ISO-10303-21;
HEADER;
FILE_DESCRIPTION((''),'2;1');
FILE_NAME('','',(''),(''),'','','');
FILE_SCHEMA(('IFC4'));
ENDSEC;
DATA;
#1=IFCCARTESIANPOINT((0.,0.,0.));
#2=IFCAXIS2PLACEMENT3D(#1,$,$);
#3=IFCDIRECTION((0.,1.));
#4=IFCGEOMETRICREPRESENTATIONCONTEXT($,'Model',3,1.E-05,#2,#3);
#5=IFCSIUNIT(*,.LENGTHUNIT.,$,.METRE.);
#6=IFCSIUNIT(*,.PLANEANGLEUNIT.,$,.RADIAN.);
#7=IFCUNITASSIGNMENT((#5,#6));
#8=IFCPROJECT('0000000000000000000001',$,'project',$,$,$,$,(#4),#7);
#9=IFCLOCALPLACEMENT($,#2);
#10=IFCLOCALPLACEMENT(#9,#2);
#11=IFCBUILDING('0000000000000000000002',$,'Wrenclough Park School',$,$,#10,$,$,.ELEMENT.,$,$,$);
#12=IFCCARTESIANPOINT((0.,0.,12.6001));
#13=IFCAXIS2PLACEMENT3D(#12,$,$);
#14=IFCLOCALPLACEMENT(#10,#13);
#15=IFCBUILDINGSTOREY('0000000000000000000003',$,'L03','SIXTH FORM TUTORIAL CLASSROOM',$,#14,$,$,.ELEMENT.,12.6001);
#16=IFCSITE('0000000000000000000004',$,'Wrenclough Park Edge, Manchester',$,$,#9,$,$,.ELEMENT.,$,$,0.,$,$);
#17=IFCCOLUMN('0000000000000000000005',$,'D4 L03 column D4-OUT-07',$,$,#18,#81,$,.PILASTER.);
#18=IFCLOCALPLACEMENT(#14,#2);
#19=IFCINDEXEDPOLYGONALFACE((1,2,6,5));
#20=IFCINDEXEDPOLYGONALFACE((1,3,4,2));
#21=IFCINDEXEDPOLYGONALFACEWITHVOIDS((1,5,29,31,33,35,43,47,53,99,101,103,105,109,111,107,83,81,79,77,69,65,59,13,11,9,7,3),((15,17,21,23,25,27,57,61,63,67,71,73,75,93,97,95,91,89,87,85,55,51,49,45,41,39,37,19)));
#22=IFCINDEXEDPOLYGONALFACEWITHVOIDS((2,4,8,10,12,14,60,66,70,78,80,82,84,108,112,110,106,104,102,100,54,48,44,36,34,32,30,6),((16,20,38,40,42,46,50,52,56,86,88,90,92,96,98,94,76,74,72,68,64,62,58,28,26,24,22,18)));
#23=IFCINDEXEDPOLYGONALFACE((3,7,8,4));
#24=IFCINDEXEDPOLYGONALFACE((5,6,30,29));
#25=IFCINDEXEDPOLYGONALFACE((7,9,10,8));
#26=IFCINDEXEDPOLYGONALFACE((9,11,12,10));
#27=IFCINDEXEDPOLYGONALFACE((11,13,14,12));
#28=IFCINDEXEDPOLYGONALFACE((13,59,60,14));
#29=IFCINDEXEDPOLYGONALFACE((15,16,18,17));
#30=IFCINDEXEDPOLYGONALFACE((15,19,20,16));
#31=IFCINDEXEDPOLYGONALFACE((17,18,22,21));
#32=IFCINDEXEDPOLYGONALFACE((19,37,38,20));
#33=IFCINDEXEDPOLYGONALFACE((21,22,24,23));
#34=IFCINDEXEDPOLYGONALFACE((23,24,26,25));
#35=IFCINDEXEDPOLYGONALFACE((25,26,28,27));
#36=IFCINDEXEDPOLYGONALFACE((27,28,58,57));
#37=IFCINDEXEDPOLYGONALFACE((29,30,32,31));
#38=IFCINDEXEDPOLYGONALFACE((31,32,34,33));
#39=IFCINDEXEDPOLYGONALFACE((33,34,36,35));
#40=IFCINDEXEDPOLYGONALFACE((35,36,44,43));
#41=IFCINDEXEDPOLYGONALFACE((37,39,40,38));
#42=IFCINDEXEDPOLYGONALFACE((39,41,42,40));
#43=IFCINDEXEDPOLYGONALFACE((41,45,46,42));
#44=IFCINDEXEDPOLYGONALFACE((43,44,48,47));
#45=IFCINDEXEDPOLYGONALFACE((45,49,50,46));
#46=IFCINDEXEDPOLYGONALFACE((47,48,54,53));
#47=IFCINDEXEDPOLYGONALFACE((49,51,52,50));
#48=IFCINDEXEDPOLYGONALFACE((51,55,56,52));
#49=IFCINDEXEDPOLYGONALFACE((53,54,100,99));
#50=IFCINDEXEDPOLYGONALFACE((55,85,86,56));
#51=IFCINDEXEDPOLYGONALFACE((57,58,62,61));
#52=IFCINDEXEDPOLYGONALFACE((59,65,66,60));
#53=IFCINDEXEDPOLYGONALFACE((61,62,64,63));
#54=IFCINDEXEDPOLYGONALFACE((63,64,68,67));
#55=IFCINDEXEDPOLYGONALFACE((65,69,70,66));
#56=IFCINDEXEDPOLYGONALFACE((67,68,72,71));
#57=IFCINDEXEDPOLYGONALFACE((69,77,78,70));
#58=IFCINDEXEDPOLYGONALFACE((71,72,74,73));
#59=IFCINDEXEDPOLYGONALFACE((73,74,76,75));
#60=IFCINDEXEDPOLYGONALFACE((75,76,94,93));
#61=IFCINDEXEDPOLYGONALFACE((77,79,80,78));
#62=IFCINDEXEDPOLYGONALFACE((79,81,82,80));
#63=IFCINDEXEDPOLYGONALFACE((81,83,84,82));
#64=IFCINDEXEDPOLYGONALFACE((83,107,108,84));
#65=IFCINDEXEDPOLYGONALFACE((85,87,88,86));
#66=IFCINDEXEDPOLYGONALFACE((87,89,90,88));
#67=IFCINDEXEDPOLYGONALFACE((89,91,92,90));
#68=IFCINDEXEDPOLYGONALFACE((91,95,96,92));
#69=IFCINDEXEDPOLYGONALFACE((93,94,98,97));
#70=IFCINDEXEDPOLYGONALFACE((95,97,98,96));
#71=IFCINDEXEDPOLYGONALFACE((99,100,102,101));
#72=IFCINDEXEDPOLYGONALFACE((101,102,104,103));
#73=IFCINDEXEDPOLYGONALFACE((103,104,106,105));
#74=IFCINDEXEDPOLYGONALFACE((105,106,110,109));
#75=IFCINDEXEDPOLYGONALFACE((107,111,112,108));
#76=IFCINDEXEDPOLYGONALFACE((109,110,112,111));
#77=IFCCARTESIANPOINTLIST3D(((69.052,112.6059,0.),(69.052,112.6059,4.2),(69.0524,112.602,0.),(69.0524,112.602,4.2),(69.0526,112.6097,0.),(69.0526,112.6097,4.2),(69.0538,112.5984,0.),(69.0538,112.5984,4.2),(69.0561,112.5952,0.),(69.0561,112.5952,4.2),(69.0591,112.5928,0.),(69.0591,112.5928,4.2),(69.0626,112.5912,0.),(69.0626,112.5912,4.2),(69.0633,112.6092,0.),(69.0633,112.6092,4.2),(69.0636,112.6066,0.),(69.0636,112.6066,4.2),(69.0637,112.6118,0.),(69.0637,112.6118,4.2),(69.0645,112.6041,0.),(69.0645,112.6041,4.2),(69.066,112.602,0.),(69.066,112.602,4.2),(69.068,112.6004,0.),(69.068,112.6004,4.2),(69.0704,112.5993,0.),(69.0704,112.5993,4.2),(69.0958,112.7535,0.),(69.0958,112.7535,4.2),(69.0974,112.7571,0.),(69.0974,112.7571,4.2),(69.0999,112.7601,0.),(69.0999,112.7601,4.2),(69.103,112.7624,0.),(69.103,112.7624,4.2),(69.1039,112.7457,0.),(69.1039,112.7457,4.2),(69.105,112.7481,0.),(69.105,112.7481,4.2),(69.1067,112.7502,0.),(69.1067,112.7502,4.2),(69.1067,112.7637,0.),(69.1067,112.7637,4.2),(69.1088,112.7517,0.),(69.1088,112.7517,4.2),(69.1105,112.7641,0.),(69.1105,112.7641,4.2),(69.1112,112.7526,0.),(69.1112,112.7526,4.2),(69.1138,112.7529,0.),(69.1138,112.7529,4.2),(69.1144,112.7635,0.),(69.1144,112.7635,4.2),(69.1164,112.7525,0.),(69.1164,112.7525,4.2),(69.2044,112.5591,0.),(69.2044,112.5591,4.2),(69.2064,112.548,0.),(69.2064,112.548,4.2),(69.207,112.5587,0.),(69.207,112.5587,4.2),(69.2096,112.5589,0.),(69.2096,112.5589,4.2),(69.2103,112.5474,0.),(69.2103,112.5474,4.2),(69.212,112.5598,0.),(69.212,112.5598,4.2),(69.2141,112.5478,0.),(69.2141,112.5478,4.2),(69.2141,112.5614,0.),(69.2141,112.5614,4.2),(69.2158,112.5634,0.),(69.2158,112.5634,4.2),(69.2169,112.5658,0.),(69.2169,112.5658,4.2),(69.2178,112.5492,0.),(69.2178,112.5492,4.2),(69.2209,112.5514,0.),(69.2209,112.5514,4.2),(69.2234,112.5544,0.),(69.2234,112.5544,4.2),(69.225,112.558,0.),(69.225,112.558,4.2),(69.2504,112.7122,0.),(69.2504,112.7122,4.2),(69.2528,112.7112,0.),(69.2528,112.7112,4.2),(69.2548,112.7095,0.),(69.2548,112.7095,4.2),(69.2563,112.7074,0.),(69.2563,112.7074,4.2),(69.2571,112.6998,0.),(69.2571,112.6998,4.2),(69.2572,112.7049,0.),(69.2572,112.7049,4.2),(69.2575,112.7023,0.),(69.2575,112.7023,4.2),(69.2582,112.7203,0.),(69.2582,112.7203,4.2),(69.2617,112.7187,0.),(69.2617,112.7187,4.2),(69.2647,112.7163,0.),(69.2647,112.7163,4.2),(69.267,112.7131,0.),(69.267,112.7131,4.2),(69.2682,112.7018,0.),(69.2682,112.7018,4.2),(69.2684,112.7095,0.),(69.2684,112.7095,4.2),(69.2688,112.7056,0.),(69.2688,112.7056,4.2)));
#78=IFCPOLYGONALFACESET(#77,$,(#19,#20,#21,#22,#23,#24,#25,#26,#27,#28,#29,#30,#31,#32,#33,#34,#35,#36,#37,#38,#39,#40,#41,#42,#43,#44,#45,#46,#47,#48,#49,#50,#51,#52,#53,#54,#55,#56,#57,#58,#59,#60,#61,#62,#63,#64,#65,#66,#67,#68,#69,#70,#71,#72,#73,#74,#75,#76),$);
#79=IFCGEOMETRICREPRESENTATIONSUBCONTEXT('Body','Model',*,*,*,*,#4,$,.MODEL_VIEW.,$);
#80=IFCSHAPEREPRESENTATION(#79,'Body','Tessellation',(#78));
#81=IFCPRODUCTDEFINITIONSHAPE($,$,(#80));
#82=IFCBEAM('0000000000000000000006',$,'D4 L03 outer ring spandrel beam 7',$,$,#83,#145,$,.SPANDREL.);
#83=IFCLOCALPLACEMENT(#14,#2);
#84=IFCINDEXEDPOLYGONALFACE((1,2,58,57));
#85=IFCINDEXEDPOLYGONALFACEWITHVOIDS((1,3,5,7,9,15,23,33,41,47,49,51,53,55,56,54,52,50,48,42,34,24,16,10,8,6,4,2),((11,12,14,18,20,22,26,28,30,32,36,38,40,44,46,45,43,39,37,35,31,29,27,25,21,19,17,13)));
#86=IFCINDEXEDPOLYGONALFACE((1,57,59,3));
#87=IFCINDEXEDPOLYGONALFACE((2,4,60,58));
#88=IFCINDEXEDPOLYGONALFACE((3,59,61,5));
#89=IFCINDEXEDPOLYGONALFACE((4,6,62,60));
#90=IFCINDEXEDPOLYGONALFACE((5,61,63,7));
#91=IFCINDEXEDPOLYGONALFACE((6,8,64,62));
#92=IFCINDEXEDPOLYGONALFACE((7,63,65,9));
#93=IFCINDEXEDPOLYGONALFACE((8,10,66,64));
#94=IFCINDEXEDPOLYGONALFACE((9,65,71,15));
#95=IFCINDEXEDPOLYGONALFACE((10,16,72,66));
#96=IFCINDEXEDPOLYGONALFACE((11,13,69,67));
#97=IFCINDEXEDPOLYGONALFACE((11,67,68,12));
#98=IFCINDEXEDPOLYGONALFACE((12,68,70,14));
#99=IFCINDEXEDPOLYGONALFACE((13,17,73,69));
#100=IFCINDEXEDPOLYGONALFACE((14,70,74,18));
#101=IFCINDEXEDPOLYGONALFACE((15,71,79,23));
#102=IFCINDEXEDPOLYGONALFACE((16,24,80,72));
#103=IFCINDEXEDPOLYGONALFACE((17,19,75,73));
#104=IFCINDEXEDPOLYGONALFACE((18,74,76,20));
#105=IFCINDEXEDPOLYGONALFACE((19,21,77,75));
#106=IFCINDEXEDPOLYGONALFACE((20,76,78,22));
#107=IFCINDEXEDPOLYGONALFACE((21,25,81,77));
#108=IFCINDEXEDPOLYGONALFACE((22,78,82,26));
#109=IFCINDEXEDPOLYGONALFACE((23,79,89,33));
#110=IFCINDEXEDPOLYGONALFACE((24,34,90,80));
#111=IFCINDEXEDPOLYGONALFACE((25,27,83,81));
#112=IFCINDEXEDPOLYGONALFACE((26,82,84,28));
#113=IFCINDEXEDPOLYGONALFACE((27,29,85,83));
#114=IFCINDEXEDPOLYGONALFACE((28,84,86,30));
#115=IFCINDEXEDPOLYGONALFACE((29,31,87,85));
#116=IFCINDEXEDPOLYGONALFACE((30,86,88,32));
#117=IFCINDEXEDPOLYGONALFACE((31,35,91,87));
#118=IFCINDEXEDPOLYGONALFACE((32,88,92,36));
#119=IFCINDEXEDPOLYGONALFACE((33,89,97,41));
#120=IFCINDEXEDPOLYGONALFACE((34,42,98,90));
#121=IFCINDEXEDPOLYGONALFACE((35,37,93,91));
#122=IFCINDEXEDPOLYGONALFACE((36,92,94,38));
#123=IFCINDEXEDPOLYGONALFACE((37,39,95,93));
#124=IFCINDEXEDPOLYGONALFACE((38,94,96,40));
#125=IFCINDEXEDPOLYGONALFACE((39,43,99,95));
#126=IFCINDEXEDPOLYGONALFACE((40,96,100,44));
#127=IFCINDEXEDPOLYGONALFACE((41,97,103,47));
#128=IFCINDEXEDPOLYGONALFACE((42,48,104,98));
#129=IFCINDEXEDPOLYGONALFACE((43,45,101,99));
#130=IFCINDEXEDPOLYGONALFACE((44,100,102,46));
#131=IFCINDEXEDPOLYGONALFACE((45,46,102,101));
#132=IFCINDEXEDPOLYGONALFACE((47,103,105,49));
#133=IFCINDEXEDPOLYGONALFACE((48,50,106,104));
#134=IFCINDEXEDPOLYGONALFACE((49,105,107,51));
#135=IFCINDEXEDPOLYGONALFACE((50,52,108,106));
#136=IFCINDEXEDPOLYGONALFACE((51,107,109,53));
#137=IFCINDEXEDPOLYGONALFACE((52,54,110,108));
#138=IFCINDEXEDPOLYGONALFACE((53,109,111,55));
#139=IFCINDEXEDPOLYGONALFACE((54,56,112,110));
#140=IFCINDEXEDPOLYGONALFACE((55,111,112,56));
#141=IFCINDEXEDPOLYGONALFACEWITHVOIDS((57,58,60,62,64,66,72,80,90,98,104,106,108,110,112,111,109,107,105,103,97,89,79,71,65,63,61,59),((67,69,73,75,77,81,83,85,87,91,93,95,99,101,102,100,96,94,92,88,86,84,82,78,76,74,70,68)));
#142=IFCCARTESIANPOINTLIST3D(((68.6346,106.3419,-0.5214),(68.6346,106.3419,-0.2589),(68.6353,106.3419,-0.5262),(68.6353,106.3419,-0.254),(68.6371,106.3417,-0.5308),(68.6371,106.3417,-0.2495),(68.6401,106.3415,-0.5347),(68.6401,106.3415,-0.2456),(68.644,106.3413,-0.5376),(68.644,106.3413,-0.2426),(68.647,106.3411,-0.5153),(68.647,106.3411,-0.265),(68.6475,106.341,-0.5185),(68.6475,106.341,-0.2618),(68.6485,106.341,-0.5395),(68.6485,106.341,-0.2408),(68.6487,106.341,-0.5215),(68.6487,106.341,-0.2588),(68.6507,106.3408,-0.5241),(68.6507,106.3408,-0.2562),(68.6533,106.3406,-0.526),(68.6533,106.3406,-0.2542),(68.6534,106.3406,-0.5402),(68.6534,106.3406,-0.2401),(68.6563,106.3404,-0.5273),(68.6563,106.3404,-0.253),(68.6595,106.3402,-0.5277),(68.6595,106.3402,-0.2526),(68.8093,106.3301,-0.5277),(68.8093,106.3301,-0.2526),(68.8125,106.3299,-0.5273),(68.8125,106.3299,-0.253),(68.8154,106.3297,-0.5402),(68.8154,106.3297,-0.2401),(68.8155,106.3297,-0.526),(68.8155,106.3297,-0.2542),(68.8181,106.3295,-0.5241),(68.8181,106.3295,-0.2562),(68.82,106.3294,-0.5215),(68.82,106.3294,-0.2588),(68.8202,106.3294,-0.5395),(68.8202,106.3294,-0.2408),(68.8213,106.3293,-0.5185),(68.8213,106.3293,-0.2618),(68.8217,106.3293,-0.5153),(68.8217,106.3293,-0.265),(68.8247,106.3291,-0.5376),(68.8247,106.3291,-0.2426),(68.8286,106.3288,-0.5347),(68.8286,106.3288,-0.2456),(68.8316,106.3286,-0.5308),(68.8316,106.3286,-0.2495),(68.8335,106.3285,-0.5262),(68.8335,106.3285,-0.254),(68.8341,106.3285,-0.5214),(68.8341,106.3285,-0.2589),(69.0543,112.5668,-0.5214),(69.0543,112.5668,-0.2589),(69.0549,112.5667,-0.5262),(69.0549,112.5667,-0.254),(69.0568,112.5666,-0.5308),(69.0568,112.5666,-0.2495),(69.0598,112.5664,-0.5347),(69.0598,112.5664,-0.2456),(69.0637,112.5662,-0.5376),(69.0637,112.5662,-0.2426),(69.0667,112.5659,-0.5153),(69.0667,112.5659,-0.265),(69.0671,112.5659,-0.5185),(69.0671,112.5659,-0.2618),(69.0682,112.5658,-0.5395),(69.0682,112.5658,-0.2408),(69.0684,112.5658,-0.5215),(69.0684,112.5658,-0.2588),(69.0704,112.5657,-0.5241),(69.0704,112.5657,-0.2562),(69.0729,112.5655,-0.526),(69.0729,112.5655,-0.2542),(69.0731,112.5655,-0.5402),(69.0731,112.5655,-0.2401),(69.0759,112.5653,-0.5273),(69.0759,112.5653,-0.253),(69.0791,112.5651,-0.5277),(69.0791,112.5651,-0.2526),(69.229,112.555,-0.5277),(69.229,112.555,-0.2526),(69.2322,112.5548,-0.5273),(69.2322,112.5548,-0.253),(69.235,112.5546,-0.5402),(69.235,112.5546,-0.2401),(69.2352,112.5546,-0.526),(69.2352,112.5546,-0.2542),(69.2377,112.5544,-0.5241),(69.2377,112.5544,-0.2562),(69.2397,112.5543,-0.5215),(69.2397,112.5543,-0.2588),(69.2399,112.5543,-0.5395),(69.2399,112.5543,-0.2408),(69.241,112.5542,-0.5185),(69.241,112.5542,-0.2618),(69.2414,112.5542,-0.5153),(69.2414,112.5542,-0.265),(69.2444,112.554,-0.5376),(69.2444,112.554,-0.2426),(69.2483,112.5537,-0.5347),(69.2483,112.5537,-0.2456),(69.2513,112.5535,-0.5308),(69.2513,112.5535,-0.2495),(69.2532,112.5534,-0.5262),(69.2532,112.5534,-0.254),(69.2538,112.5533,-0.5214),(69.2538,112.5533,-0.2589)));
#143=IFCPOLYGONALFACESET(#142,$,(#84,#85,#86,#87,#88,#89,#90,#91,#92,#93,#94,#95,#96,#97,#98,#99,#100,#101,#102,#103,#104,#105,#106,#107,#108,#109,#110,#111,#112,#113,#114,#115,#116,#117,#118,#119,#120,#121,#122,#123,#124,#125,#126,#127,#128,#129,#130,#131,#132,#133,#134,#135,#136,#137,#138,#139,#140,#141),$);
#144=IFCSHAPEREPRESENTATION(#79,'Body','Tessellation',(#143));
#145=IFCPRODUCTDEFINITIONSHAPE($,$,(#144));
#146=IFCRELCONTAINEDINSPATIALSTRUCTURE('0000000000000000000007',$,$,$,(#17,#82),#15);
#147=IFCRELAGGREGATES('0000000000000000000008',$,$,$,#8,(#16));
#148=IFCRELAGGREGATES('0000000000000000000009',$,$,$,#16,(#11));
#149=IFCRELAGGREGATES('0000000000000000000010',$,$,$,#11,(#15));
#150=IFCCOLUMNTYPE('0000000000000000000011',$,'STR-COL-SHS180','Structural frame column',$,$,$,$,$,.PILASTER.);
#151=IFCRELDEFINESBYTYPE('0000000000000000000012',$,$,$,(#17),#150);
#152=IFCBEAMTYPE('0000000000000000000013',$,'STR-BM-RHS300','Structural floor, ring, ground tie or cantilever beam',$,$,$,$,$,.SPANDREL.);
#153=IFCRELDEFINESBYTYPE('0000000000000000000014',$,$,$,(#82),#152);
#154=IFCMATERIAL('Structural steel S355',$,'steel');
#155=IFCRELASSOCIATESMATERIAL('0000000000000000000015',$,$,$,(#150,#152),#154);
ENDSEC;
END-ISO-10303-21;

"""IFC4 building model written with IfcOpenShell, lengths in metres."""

from ifc_helpers import new_model, si_unit, direction, frame, origin, origin_2d, place, context, subcontext, project, spatial, hollow_rectangle, extrude, material, material_profile, profile_set, type_object, element, save


model = new_model("IFC4")

# Units and contexts
model_context = context("Model", 3, precision=1e-05, world=origin(), true_north=direction((0.0, 1.0)))
body_context = subcontext(model_context, "Body", "Model", "MODEL_VIEW")
ifc_project = project(units=[si_unit("LENGTHUNIT", "METRE"), si_unit("PLANEANGLEUNIT", "RADIAN")], contexts=[model_context])

# Site, building, storey
site_placement = place(None, origin())
site = spatial("IfcSite", under=ifc_project, at=site_placement, Name="Wrenclough Park Edge, Manchester", CompositionType="ELEMENT", RefElevation=0.0)
building_placement = place(site_placement, origin())
building = spatial("IfcBuilding", under=site, at=building_placement, Name="Wrenclough Park School", CompositionType="ELEMENT")
storey_placement = place(building_placement, frame((0.0, 0.0, 12.6001)))
storey = spatial("IfcBuildingStorey", under=building, at=storey_placement, Name="L03", Description="SIXTH FORM TUTORIAL CLASSROOM", CompositionType="ELEMENT", Elevation=12.6001)

# Column
ifc_material_1 = material(Name="Structural steel S355", Category="steel")
ifc_material_profile_1 = material_profile(ifc_material_1, hollow_rectangle(XDim=0.1799, YDim=0.1799, WallThickness=0.01, InnerFilletRadius=0.01, OuterFilletRadius=0.0149, at=origin_2d()), Name="SHS 180x180x10.0")
ifc_profile_set_1 = profile_set([ifc_material_profile_1], Name="Structural steel S355")
column_type = type_object("IfcColumnType", Name="STR-COL-SHS180", Description="Structural frame column", PredefinedType="PILASTER", material=ifc_profile_set_1)
column_placement = place(storey_placement, frame((69.1604, 112.6558, 0.0), z_axis=(0.0, 0.0, 1.0), x_axis=(-0.287528, -0.957772, 0.0)))
element("IfcColumn", 1, at=column_placement, inside=storey, type_object=column_type, Name="D4 L03 column D4-OUT-07", PredefinedType="PILASTER", context=body_context, shape_type="SweptSolid", body=[
    extrude(hollow_rectangle(XDim=0.1799, YDim=0.1799, WallThickness=0.01, InnerFilletRadius=0.01, OuterFilletRadius=0.0149, at=origin_2d()), origin(), (0.0, 0.0, 1.0), 4.2),
])

# Beam
ifc_material_profile_2 = material_profile(ifc_material_1, hollow_rectangle(XDim=0.2, YDim=0.3, WallThickness=0.0125, InnerFilletRadius=0.0125, OuterFilletRadius=0.0188, at=origin_2d()), Name="RHS 300x200x12.5")
ifc_profile_set_2 = profile_set([ifc_material_profile_2], Name="Structural steel S355")
beam_type = type_object("IfcBeamType", Name="STR-BM-RHS300", Description="Structural floor, ring, ground tie or cantilever beam", PredefinedType="SPANDREL", material=ifc_profile_set_2)
beam_1_placement = place(storey_placement, frame((69.1541, 112.5601, -0.3901), z_axis=(-0.067267, -0.997735, 0.0), x_axis=(0.997735, -0.067267, 0.0)))
element("IfcBeam", 2, at=beam_1_placement, inside=storey, type_object=beam_type, Name="D4 L03 outer ring spandrel beam 7", PredefinedType="SPANDREL", context=body_context, shape_type="SweptSolid", body=[
    extrude(hollow_rectangle(XDim=0.2, YDim=0.3, WallThickness=0.0125, InnerFilletRadius=0.0125, OuterFilletRadius=0.0188, at=origin_2d()), origin(), (0.0, 0.0, 1.0), 6.239),
])

save(model, "model.ifc")
